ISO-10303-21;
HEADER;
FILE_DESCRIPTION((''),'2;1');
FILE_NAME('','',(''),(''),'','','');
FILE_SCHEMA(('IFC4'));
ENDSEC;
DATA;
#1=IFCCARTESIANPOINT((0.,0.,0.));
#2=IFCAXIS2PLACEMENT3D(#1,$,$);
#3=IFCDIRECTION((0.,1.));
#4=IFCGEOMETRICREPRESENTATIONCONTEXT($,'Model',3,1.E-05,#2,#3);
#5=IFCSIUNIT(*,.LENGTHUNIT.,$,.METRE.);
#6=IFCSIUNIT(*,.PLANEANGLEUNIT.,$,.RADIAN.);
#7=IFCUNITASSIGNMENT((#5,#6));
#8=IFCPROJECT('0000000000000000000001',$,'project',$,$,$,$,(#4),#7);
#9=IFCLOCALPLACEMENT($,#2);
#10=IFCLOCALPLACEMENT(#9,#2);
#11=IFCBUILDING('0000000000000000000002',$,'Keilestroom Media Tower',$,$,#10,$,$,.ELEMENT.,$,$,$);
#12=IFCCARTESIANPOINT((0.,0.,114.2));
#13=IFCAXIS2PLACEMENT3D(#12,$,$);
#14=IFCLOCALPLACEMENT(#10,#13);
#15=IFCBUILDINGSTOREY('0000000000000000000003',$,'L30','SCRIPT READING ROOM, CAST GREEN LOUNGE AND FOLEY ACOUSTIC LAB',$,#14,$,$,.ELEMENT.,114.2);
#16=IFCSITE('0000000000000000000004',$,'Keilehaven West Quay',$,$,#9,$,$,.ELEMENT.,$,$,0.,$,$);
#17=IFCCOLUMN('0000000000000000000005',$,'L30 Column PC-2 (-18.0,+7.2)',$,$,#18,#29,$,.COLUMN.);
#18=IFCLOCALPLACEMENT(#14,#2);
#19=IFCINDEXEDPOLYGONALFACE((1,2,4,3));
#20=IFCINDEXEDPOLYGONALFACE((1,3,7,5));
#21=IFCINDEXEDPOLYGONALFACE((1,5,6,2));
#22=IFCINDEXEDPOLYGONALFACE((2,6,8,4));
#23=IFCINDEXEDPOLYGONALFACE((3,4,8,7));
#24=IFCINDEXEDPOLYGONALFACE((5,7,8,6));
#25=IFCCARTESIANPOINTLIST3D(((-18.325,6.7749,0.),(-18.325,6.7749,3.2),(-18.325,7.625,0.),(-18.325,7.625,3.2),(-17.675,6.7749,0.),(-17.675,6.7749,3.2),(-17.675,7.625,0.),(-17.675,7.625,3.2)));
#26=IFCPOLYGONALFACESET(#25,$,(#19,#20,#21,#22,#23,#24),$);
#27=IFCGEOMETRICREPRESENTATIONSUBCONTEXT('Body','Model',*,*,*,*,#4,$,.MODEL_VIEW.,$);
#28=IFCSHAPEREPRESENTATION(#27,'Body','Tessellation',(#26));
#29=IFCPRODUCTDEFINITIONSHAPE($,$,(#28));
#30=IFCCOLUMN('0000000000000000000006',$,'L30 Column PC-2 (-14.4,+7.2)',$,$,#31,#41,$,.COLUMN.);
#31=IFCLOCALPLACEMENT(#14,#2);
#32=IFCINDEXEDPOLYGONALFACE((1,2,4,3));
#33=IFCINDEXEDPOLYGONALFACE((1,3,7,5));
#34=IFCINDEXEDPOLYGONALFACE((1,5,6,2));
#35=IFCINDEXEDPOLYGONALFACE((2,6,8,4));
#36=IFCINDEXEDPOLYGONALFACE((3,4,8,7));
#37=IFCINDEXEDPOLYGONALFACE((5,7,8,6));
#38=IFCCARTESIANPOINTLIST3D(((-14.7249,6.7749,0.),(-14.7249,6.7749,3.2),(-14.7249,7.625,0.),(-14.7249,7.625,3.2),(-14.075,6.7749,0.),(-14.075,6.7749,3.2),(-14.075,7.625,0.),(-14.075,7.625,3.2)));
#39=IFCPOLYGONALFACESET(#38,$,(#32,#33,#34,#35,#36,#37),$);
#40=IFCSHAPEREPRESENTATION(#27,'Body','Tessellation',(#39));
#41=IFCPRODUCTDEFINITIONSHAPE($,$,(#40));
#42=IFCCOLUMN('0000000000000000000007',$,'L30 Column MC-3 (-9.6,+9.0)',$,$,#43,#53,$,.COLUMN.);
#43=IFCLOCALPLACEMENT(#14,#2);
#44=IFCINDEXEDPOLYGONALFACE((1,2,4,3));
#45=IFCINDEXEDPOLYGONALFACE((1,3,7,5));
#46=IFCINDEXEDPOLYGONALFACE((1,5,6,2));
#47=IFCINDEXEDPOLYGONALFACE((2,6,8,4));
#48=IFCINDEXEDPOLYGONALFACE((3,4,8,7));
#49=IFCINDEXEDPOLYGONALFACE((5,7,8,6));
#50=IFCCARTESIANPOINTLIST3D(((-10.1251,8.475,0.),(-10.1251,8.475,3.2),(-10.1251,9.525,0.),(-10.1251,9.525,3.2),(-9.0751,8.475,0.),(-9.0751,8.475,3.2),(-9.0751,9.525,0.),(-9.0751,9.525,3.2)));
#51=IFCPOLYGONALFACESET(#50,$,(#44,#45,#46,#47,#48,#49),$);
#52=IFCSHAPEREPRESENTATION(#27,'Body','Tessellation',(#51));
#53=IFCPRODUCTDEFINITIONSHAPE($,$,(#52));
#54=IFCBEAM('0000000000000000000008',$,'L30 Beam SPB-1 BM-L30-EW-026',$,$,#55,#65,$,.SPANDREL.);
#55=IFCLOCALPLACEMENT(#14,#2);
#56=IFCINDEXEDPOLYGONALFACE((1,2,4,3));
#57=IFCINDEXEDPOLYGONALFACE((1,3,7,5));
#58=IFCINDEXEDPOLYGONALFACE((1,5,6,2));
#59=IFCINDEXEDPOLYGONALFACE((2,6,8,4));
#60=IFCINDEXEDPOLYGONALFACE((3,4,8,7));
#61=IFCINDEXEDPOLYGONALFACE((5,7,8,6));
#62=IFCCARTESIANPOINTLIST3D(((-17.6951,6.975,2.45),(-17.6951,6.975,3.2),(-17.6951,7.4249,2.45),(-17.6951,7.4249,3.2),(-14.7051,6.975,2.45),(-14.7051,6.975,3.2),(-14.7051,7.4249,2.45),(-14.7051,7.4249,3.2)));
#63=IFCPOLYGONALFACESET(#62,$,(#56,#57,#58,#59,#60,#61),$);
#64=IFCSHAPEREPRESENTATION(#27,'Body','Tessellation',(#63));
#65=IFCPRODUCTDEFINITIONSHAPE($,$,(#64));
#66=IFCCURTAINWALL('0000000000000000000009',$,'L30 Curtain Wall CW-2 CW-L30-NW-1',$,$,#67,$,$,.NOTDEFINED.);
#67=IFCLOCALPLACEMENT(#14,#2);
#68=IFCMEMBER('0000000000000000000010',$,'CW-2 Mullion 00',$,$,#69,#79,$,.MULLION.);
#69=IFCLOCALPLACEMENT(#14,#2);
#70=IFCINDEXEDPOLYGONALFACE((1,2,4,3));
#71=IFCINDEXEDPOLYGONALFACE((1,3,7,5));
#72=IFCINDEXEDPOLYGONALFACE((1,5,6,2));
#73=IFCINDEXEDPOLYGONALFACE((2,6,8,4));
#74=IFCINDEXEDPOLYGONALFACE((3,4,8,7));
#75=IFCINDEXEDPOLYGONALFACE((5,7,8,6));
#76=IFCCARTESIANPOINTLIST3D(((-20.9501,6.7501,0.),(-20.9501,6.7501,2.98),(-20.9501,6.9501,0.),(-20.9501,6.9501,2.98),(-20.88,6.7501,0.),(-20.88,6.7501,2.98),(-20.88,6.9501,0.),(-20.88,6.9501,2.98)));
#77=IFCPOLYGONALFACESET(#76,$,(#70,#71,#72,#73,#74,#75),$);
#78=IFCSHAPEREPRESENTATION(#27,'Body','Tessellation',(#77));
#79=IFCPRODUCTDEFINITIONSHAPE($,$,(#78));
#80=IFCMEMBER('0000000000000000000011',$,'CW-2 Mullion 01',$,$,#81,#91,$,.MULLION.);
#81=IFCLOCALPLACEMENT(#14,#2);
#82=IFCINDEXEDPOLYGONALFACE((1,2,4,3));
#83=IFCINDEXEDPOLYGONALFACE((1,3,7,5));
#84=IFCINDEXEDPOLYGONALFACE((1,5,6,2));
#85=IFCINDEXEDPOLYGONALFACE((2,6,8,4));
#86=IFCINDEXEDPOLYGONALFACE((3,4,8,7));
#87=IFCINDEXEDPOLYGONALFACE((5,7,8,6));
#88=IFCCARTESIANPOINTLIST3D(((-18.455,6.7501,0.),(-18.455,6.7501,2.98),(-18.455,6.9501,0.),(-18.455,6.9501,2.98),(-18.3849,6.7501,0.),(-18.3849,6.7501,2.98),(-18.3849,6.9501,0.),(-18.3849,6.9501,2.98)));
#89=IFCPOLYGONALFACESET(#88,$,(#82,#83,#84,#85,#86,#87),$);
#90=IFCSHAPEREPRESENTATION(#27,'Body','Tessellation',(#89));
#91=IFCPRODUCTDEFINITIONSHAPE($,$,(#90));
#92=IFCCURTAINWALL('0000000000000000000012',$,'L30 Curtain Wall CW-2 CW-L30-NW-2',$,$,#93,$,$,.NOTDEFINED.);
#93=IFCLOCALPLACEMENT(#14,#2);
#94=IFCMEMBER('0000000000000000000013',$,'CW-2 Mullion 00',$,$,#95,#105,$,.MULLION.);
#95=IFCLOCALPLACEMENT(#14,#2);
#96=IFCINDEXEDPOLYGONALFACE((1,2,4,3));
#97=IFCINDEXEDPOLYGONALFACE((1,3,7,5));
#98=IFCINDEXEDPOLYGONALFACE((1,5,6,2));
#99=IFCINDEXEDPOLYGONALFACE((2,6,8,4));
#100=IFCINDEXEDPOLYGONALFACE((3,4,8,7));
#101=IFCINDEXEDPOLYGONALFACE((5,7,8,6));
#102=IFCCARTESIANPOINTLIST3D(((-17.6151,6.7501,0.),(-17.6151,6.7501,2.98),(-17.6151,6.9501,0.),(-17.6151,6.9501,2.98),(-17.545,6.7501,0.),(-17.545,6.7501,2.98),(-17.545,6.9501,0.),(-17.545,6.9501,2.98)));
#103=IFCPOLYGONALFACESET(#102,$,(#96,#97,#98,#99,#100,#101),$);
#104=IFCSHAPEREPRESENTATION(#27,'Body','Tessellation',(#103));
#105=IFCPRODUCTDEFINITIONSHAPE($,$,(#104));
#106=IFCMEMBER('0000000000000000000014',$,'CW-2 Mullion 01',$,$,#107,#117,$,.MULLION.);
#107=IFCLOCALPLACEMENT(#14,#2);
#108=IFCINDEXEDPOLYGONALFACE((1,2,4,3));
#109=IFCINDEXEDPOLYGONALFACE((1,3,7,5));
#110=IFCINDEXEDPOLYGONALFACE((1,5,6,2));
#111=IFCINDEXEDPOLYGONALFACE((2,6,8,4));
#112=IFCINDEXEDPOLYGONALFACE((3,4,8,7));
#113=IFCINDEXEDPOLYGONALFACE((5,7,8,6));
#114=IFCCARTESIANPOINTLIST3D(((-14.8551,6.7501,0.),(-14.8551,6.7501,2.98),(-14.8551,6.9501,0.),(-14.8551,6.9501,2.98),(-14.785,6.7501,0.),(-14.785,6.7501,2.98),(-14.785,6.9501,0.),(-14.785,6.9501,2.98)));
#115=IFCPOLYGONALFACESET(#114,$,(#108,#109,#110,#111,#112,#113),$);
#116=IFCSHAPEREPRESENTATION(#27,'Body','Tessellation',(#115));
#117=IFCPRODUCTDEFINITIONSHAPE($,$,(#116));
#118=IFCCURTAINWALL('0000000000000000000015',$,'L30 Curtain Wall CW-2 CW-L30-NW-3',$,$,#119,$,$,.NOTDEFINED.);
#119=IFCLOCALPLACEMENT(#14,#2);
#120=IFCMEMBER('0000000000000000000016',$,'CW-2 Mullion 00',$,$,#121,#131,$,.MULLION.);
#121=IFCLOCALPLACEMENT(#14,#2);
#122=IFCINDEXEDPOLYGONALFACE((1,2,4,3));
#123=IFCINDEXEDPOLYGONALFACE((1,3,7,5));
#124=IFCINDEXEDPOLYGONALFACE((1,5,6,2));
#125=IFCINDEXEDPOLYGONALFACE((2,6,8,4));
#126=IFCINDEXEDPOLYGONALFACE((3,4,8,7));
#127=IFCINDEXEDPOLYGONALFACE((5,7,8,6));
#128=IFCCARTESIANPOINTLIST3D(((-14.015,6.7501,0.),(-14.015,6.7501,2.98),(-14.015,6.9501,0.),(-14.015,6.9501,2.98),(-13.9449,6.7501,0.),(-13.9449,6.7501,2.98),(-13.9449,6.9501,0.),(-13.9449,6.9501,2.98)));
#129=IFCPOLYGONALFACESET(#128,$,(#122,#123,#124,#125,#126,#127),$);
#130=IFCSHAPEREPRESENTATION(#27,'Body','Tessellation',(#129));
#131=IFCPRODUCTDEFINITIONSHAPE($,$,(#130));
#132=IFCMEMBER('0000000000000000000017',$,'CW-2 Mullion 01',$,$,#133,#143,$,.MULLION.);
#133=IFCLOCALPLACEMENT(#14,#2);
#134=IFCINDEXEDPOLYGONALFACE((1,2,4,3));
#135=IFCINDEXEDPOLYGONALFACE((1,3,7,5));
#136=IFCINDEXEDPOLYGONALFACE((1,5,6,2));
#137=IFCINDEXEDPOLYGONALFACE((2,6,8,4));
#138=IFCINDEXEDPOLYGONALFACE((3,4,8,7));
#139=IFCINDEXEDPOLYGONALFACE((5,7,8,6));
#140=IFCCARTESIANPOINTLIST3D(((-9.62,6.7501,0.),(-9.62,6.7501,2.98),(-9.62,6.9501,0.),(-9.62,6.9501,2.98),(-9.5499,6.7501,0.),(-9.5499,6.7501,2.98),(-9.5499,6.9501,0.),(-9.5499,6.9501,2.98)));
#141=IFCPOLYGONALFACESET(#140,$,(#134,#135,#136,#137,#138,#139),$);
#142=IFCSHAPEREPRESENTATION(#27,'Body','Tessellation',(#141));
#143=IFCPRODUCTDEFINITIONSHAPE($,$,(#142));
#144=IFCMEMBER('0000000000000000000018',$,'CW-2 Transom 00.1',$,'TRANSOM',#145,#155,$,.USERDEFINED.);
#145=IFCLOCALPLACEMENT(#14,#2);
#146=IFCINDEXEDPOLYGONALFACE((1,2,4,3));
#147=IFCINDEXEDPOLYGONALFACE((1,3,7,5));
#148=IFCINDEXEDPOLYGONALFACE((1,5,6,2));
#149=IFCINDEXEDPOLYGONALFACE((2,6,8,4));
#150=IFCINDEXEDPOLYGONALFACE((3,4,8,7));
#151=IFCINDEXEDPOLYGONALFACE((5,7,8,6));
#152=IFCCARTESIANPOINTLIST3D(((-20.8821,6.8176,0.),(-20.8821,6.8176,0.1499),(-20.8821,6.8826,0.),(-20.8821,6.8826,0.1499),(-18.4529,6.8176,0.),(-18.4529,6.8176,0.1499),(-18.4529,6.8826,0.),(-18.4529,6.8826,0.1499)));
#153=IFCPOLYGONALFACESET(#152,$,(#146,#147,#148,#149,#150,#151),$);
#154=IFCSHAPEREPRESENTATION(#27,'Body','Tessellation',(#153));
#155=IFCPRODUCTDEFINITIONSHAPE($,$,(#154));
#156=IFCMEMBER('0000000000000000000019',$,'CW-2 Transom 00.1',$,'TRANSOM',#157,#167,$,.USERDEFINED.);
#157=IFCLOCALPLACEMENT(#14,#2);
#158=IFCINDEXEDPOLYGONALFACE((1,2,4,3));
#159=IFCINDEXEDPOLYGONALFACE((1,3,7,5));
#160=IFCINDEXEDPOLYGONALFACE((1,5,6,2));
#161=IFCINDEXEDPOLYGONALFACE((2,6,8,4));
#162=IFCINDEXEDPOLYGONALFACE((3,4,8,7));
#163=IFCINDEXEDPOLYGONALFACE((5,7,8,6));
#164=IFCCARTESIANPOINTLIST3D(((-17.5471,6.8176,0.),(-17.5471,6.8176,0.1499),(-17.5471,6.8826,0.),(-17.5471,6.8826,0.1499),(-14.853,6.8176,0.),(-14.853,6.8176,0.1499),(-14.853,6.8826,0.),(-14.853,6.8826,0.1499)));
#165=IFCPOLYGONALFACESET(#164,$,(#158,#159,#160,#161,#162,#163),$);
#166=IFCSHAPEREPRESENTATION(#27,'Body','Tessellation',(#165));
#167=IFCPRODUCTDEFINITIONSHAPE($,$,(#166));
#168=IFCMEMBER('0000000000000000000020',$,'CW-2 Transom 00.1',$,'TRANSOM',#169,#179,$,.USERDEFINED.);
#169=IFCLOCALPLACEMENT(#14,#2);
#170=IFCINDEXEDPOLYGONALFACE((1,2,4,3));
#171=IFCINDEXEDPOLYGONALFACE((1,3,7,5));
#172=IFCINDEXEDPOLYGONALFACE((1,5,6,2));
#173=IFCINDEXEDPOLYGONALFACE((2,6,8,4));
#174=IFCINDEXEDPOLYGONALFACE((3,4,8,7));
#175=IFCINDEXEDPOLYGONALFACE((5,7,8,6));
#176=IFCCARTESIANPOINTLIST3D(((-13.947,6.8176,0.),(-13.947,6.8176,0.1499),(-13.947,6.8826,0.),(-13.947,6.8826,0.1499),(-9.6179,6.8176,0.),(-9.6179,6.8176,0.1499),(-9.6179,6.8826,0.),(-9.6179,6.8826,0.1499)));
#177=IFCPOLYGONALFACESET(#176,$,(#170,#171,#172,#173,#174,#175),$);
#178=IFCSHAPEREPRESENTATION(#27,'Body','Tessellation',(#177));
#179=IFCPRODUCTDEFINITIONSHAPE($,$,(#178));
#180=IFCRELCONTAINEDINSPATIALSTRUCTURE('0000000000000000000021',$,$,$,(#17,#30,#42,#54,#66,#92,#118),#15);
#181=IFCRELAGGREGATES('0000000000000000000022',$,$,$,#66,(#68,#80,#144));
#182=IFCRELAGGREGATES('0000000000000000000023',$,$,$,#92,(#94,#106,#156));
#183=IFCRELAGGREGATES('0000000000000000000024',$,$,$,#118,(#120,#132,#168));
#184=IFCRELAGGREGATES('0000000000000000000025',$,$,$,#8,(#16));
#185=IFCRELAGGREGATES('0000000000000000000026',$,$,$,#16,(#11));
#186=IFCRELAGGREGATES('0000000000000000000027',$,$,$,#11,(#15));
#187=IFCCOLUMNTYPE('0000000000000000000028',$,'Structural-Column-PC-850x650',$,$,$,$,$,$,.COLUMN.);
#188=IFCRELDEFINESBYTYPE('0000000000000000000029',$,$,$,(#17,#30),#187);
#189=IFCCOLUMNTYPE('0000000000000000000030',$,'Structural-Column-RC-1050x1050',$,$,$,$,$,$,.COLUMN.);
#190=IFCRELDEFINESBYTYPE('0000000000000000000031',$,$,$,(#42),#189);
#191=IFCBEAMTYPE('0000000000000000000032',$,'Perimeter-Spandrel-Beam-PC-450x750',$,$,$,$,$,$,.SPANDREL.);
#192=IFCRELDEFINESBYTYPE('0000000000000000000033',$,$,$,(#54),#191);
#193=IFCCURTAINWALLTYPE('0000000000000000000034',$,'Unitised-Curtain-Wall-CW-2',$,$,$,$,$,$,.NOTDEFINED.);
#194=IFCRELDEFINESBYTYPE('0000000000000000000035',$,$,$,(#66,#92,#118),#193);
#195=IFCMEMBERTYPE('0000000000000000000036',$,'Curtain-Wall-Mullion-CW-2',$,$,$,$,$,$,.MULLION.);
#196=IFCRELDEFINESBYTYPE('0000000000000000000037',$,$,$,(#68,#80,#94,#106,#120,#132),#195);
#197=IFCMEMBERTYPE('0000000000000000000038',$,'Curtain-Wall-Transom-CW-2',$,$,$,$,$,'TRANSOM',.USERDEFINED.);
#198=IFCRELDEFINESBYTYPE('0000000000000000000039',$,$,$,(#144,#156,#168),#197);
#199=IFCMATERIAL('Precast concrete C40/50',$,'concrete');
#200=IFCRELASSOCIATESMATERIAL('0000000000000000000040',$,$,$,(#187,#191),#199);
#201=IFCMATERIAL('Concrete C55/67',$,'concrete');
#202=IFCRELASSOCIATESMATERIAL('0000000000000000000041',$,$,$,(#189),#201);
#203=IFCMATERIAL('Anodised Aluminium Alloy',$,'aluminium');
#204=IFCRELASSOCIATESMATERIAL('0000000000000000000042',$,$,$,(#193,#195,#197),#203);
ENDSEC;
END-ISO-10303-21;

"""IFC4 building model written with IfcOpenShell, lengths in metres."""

from ifc_helpers import new_model, si_unit, direction, frame, origin, origin_2d, place, context, subcontext, project, spatial, rectangle, extrude, source, transform, mapped, material, material_profile, profile_set, type_object, element, aggregate, save


model = new_model("IFC4")

# Units and contexts
model_context = context("Model", 3, precision=1e-05, world=origin(), true_north=direction((0.0, 1.0)))
body_context = subcontext(model_context, "Body", "Model", "MODEL_VIEW")
ifc_project = project(units=[si_unit("LENGTHUNIT", "METRE"), si_unit("PLANEANGLEUNIT", "RADIAN")], contexts=[model_context])

# Site, building, storey
site_placement = place(None, origin())
site = spatial("IfcSite", under=ifc_project, at=site_placement, Name="Keilehaven West Quay", CompositionType="ELEMENT", RefElevation=0.0)
building_placement = place(site_placement, origin())
building = spatial("IfcBuilding", under=site, at=building_placement, Name="Keilestroom Media Tower", CompositionType="ELEMENT")
storey_placement = place(building_placement, frame((0.0, 0.0, 114.2)))
storey = spatial("IfcBuildingStorey", under=building, at=storey_placement, Name="L30", Description="SCRIPT READING ROOM, CAST GREEN LOUNGE AND FOLEY ACOUSTIC LAB", CompositionType="ELEMENT", Elevation=114.2)

# Columns
ifc_material_1 = material(Name="Precast concrete C40/50", Category="concrete")
ifc_material_profile_1 = material_profile(ifc_material_1, rectangle(XDim=0.6499, YDim=0.8501, at=origin_2d()), Name="PC 850x650")
ifc_profile_set_1 = profile_set([ifc_material_profile_1], Name="Precast concrete C40/50")
column_type_1 = type_object("IfcColumnType", Name="Structural-Column-PC-850x650", PredefinedType="COLUMN", material=ifc_profile_set_1)
shared_shape_1 = source(origin(), body_context, "Body", "SweptSolid", [
    extrude(rectangle(XDim=0.6499, YDim=0.8501, at=origin_2d()), origin(), (0.0, 0.0, 1.0), 3.2),
])
for number, where, z_axis, x_axis, name in (
    (1, (-18.0, 7.2, 0.0), (0.0, 0.0, 1.0), (1.0, 0.0, 0.0), "L30 Column PC-2 (-18.0,+7.2)"),
    (2, (-14.3999, 7.2, 0.0), (0.0, 0.0, 1.0), (1.0, 0.0, 0.0), "L30 Column PC-2 (-14.4,+7.2)"),
):
    element("IfcColumn", number, at=place(storey_placement, frame(where, z_axis=z_axis, x_axis=x_axis)), inside=storey, type_object=column_type_1, Name=name, PredefinedType="COLUMN", context=body_context, shape_type="MappedRepresentation", body=[
        mapped(shared_shape_1, transform((0.0, 0.0, 0.0), x_axis=(1.0, 0.0, 0.0), y_axis=(0.0, 1.0, 0.0), z_axis=(0.0, 0.0, 1.0), scale=1.0)),
    ])
ifc_material_2 = material(Name="Concrete C55/67", Category="concrete")
ifc_material_profile_2 = material_profile(ifc_material_2, rectangle(XDim=1.05, YDim=1.05, at=origin_2d()), Name="RC 1050x1050")
ifc_profile_set_2 = profile_set([ifc_material_profile_2], Name="Concrete C55/67")
column_type_2 = type_object("IfcColumnType", Name="Structural-Column-RC-1050x1050", PredefinedType="COLUMN", material=ifc_profile_set_2)
shared_shape_2 = source(origin(), body_context, "Body", "SweptSolid", [
    extrude(rectangle(XDim=1.05, YDim=1.05, at=origin_2d()), origin(), (0.0, 0.0, 1.0), 3.2),
])
column_placement = place(storey_placement, frame((-9.6001, 9.0, 0.0), z_axis=(0.0, 0.0, 1.0), x_axis=(1.0, 0.0, 0.0)))
element("IfcColumn", 3, at=column_placement, inside=storey, type_object=column_type_2, Name="L30 Column MC-3 (-9.6,+9.0)", PredefinedType="COLUMN", context=body_context, shape_type="MappedRepresentation", body=[
    mapped(shared_shape_2, transform((0.0, 0.0, 0.0), x_axis=(1.0, 0.0, 0.0), y_axis=(0.0, 1.0, 0.0), z_axis=(0.0, 0.0, 1.0), scale=1.0)),
])

# Beam
ifc_material_profile_3 = material_profile(ifc_material_1, rectangle(XDim=0.45, YDim=0.75, at=origin_2d()), Name="PC 450x750")
ifc_profile_set_3 = profile_set([ifc_material_profile_3], Name="Precast concrete C40/50")
beam_type = type_object("IfcBeamType", Name="Perimeter-Spandrel-Beam-PC-450x750", PredefinedType="SPANDREL", material=ifc_profile_set_3)
shared_shape_3 = source(origin(), body_context, "Body", "SweptSolid", [
    extrude(rectangle(XDim=0.45, YDim=0.75, at=origin_2d()), origin(), (0.0, 0.0, 1.0), 2.99),
])
beam_placement = place(storey_placement, frame((-17.6951, 7.2, 2.825), z_axis=(1.0, 0.0, 0.0), x_axis=(0.0, 1.0, 0.0)))
element("IfcBeam", 4, at=beam_placement, inside=storey, type_object=beam_type, Name="L30 Beam SPB-1 BM-L30-EW-026", PredefinedType="SPANDREL", context=body_context, shape_type="MappedRepresentation", body=[
    mapped(shared_shape_3, transform((0.0, 0.0, 0.0), x_axis=(1.0, 0.0, 0.0), y_axis=(0.0, 1.0, 0.0), z_axis=(0.0, 0.0, 1.0), scale=1.0)),
])

# Curtain walls, members
ifc_material_3 = material(Name="Anodised Aluminium Alloy", Category="aluminium")
curtain_wall_type = type_object("IfcCurtainWallType", Name="Unitised-Curtain-Wall-CW-2", PredefinedType="NOTDEFINED", material=ifc_material_3)
curtain_wall_1_placement = place(storey_placement, origin())
curtain_wall_1 = element("IfcCurtainWall", 5, at=curtain_wall_1_placement, inside=storey, type_object=curtain_wall_type, Name="L30 Curtain Wall CW-2 CW-L30-NW-1", PredefinedType="NOTDEFINED")
ifc_material_profile_4 = material_profile(ifc_material_3, rectangle(XDim=0.0701, YDim=0.2, at=origin_2d()), Name="ALU MULLION 70x200")
ifc_profile_set_4 = profile_set([ifc_material_profile_4], Name="Anodised Aluminium Alloy")
member_type_1 = type_object("IfcMemberType", Name="Curtain-Wall-Mullion-CW-2", PredefinedType="MULLION", material=ifc_profile_set_4)
shared_shape_4 = source(origin(), body_context, "Body", "SweptSolid", [
    extrude(rectangle(XDim=0.0701, YDim=0.2, at=origin_2d()), origin(), (0.0, 0.0, 1.0), 2.98),
])
member_1_placement = place(storey_placement, frame((-20.915, 6.8501, 0.0), z_axis=(0.0, 0.0, 1.0), x_axis=(1.0, 0.0, 0.0)))
member_1 = element("IfcMember", 6, at=member_1_placement, type_object=member_type_1, Name="CW-2 Mullion 00", PredefinedType="MULLION", context=body_context, shape_type="MappedRepresentation", body=[
    mapped(shared_shape_4, transform((0.0, 0.0, 0.0), x_axis=(1.0, 0.0, 0.0), y_axis=(0.0, 1.0, 0.0), z_axis=(0.0, 0.0, 1.0), scale=1.0)),
])
member_2_placement = place(storey_placement, frame((-18.4199, 6.8501, 0.0), z_axis=(0.0, 0.0, 1.0), x_axis=(1.0, 0.0, 0.0)))
member_2 = element("IfcMember", 7, at=member_2_placement, type_object=member_type_1, Name="CW-2 Mullion 01", PredefinedType="MULLION", context=body_context, shape_type="MappedRepresentation", body=[
    mapped(shared_shape_4, transform((0.0, 0.0, 0.0), x_axis=(1.0, 0.0, 0.0), y_axis=(0.0, 1.0, 0.0), z_axis=(0.0, 0.0, 1.0), scale=1.0)),
])
curtain_wall_2_placement = place(storey_placement, origin())
curtain_wall_2 = element("IfcCurtainWall", 8, at=curtain_wall_2_placement, inside=storey, type_object=curtain_wall_type, Name="L30 Curtain Wall CW-2 CW-L30-NW-2", PredefinedType="NOTDEFINED")
member_3_placement = place(storey_placement, frame((-17.5801, 6.8501, 0.0), z_axis=(0.0, 0.0, 1.0), x_axis=(1.0, 0.0, 0.0)))
member_3 = element("IfcMember", 9, at=member_3_placement, type_object=member_type_1, Name="CW-2 Mullion 00", PredefinedType="MULLION", context=body_context, shape_type="MappedRepresentation", body=[
    mapped(shared_shape_4, transform((0.0, 0.0, 0.0), x_axis=(1.0, 0.0, 0.0), y_axis=(0.0, 1.0, 0.0), z_axis=(0.0, 0.0, 1.0), scale=1.0)),
])
member_4_placement = place(storey_placement, frame((-14.8201, 6.8501, 0.0), z_axis=(0.0, 0.0, 1.0), x_axis=(1.0, 0.0, 0.0)))
member_4 = element("IfcMember", 10, at=member_4_placement, type_object=member_type_1, Name="CW-2 Mullion 01", PredefinedType="MULLION", context=body_context, shape_type="MappedRepresentation", body=[
    mapped(shared_shape_4, transform((0.0, 0.0, 0.0), x_axis=(1.0, 0.0, 0.0), y_axis=(0.0, 1.0, 0.0), z_axis=(0.0, 0.0, 1.0), scale=1.0)),
])
curtain_wall_3_placement = place(storey_placement, origin())
curtain_wall_3 = element("IfcCurtainWall", 11, at=curtain_wall_3_placement, inside=storey, type_object=curtain_wall_type, Name="L30 Curtain Wall CW-2 CW-L30-NW-3", PredefinedType="NOTDEFINED")
member_5_placement = place(storey_placement, frame((-13.98, 6.8501, 0.0), z_axis=(0.0, 0.0, 1.0), x_axis=(1.0, 0.0, 0.0)))
member_5 = element("IfcMember", 12, at=member_5_placement, type_object=member_type_1, Name="CW-2 Mullion 00", PredefinedType="MULLION", context=body_context, shape_type="MappedRepresentation", body=[
    mapped(shared_shape_4, transform((0.0, 0.0, 0.0), x_axis=(1.0, 0.0, 0.0), y_axis=(0.0, 1.0, 0.0), z_axis=(0.0, 0.0, 1.0), scale=1.0)),
])
member_6_placement = place(storey_placement, frame((-9.585, 6.8501, 0.0), z_axis=(0.0, 0.0, 1.0), x_axis=(1.0, 0.0, 0.0)))
member_6 = element("IfcMember", 13, at=member_6_placement, type_object=member_type_1, Name="CW-2 Mullion 01", PredefinedType="MULLION", context=body_context, shape_type="MappedRepresentation", body=[
    mapped(shared_shape_4, transform((0.0, 0.0, 0.0), x_axis=(1.0, 0.0, 0.0), y_axis=(0.0, 1.0, 0.0), z_axis=(0.0, 0.0, 1.0), scale=1.0)),
])

# Members
ifc_material_profile_5 = material_profile(ifc_material_3, rectangle(XDim=0.0649, YDim=0.1499, at=origin_2d()), Name="ALU TRANSOM 65x150")
ifc_profile_set_5 = profile_set([ifc_material_profile_5], Name="Anodised Aluminium Alloy")
member_type_2 = type_object("IfcMemberType", Name="Curtain-Wall-Transom-CW-2", ElementType="TRANSOM", PredefinedType="USERDEFINED", material=ifc_profile_set_5)
shared_shape_5 = source(origin(), body_context, "Body", "SweptSolid", [
    extrude(rectangle(XDim=0.0649, YDim=0.1499, at=origin_2d()), origin(), (0.0, 0.0, 1.0), 2.4292),
])
member_7_placement = place(storey_placement, frame((-20.8821, 6.8501, 0.075), z_axis=(1.0, 0.0, 0.0), x_axis=(0.0, 1.0, 0.0)))
member_7 = element("IfcMember", 14, at=member_7_placement, type_object=member_type_2, Name="CW-2 Transom 00.1", ObjectType="TRANSOM", PredefinedType="USERDEFINED", context=body_context, shape_type="MappedRepresentation", body=[
    mapped(shared_shape_5, transform((0.0, 0.0, 0.0), x_axis=(1.0, 0.0, 0.0), y_axis=(0.0, 1.0, 0.0), z_axis=(0.0, 0.0, 1.0), scale=1.0)),
])
shared_shape_6 = source(origin(), body_context, "Body", "SweptSolid", [
    extrude(rectangle(XDim=0.0649, YDim=0.1499, at=origin_2d()), origin(), (0.0, 0.0, 1.0), 2.6941),
])
member_8_placement = place(storey_placement, frame((-17.5471, 6.8501, 0.075), z_axis=(1.0, 0.0, 0.0), x_axis=(0.0, 1.0, 0.0)))
member_8 = element("IfcMember", 15, at=member_8_placement, type_object=member_type_2, Name="CW-2 Transom 00.1", ObjectType="TRANSOM", PredefinedType="USERDEFINED", context=body_context, shape_type="MappedRepresentation", body=[
    mapped(shared_shape_6, transform((0.0, 0.0, 0.0), x_axis=(1.0, 0.0, 0.0), y_axis=(0.0, 1.0, 0.0), z_axis=(0.0, 0.0, 1.0), scale=1.0)),
])
shared_shape_7 = source(origin(), body_context, "Body", "SweptSolid", [
    extrude(rectangle(XDim=0.0649, YDim=0.1499, at=origin_2d()), origin(), (0.0, 0.0, 1.0), 4.3291),
])
member_9_placement = place(storey_placement, frame((-13.947, 6.8501, 0.075), z_axis=(1.0, 0.0, 0.0), x_axis=(0.0, 1.0, 0.0)))
member_9 = element("IfcMember", 16, at=member_9_placement, type_object=member_type_2, Name="CW-2 Transom 00.1", ObjectType="TRANSOM", PredefinedType="USERDEFINED", context=body_context, shape_type="MappedRepresentation", body=[
    mapped(shared_shape_7, transform((0.0, 0.0, 0.0), x_axis=(1.0, 0.0, 0.0), y_axis=(0.0, 1.0, 0.0), z_axis=(0.0, 0.0, 1.0), scale=1.0)),
])

aggregate(curtain_wall_1, [member_1, member_2, member_7])
aggregate(curtain_wall_2, [member_3, member_4, member_8])
aggregate(curtain_wall_3, [member_5, member_6, member_9])

save(model, "model.ifc")
